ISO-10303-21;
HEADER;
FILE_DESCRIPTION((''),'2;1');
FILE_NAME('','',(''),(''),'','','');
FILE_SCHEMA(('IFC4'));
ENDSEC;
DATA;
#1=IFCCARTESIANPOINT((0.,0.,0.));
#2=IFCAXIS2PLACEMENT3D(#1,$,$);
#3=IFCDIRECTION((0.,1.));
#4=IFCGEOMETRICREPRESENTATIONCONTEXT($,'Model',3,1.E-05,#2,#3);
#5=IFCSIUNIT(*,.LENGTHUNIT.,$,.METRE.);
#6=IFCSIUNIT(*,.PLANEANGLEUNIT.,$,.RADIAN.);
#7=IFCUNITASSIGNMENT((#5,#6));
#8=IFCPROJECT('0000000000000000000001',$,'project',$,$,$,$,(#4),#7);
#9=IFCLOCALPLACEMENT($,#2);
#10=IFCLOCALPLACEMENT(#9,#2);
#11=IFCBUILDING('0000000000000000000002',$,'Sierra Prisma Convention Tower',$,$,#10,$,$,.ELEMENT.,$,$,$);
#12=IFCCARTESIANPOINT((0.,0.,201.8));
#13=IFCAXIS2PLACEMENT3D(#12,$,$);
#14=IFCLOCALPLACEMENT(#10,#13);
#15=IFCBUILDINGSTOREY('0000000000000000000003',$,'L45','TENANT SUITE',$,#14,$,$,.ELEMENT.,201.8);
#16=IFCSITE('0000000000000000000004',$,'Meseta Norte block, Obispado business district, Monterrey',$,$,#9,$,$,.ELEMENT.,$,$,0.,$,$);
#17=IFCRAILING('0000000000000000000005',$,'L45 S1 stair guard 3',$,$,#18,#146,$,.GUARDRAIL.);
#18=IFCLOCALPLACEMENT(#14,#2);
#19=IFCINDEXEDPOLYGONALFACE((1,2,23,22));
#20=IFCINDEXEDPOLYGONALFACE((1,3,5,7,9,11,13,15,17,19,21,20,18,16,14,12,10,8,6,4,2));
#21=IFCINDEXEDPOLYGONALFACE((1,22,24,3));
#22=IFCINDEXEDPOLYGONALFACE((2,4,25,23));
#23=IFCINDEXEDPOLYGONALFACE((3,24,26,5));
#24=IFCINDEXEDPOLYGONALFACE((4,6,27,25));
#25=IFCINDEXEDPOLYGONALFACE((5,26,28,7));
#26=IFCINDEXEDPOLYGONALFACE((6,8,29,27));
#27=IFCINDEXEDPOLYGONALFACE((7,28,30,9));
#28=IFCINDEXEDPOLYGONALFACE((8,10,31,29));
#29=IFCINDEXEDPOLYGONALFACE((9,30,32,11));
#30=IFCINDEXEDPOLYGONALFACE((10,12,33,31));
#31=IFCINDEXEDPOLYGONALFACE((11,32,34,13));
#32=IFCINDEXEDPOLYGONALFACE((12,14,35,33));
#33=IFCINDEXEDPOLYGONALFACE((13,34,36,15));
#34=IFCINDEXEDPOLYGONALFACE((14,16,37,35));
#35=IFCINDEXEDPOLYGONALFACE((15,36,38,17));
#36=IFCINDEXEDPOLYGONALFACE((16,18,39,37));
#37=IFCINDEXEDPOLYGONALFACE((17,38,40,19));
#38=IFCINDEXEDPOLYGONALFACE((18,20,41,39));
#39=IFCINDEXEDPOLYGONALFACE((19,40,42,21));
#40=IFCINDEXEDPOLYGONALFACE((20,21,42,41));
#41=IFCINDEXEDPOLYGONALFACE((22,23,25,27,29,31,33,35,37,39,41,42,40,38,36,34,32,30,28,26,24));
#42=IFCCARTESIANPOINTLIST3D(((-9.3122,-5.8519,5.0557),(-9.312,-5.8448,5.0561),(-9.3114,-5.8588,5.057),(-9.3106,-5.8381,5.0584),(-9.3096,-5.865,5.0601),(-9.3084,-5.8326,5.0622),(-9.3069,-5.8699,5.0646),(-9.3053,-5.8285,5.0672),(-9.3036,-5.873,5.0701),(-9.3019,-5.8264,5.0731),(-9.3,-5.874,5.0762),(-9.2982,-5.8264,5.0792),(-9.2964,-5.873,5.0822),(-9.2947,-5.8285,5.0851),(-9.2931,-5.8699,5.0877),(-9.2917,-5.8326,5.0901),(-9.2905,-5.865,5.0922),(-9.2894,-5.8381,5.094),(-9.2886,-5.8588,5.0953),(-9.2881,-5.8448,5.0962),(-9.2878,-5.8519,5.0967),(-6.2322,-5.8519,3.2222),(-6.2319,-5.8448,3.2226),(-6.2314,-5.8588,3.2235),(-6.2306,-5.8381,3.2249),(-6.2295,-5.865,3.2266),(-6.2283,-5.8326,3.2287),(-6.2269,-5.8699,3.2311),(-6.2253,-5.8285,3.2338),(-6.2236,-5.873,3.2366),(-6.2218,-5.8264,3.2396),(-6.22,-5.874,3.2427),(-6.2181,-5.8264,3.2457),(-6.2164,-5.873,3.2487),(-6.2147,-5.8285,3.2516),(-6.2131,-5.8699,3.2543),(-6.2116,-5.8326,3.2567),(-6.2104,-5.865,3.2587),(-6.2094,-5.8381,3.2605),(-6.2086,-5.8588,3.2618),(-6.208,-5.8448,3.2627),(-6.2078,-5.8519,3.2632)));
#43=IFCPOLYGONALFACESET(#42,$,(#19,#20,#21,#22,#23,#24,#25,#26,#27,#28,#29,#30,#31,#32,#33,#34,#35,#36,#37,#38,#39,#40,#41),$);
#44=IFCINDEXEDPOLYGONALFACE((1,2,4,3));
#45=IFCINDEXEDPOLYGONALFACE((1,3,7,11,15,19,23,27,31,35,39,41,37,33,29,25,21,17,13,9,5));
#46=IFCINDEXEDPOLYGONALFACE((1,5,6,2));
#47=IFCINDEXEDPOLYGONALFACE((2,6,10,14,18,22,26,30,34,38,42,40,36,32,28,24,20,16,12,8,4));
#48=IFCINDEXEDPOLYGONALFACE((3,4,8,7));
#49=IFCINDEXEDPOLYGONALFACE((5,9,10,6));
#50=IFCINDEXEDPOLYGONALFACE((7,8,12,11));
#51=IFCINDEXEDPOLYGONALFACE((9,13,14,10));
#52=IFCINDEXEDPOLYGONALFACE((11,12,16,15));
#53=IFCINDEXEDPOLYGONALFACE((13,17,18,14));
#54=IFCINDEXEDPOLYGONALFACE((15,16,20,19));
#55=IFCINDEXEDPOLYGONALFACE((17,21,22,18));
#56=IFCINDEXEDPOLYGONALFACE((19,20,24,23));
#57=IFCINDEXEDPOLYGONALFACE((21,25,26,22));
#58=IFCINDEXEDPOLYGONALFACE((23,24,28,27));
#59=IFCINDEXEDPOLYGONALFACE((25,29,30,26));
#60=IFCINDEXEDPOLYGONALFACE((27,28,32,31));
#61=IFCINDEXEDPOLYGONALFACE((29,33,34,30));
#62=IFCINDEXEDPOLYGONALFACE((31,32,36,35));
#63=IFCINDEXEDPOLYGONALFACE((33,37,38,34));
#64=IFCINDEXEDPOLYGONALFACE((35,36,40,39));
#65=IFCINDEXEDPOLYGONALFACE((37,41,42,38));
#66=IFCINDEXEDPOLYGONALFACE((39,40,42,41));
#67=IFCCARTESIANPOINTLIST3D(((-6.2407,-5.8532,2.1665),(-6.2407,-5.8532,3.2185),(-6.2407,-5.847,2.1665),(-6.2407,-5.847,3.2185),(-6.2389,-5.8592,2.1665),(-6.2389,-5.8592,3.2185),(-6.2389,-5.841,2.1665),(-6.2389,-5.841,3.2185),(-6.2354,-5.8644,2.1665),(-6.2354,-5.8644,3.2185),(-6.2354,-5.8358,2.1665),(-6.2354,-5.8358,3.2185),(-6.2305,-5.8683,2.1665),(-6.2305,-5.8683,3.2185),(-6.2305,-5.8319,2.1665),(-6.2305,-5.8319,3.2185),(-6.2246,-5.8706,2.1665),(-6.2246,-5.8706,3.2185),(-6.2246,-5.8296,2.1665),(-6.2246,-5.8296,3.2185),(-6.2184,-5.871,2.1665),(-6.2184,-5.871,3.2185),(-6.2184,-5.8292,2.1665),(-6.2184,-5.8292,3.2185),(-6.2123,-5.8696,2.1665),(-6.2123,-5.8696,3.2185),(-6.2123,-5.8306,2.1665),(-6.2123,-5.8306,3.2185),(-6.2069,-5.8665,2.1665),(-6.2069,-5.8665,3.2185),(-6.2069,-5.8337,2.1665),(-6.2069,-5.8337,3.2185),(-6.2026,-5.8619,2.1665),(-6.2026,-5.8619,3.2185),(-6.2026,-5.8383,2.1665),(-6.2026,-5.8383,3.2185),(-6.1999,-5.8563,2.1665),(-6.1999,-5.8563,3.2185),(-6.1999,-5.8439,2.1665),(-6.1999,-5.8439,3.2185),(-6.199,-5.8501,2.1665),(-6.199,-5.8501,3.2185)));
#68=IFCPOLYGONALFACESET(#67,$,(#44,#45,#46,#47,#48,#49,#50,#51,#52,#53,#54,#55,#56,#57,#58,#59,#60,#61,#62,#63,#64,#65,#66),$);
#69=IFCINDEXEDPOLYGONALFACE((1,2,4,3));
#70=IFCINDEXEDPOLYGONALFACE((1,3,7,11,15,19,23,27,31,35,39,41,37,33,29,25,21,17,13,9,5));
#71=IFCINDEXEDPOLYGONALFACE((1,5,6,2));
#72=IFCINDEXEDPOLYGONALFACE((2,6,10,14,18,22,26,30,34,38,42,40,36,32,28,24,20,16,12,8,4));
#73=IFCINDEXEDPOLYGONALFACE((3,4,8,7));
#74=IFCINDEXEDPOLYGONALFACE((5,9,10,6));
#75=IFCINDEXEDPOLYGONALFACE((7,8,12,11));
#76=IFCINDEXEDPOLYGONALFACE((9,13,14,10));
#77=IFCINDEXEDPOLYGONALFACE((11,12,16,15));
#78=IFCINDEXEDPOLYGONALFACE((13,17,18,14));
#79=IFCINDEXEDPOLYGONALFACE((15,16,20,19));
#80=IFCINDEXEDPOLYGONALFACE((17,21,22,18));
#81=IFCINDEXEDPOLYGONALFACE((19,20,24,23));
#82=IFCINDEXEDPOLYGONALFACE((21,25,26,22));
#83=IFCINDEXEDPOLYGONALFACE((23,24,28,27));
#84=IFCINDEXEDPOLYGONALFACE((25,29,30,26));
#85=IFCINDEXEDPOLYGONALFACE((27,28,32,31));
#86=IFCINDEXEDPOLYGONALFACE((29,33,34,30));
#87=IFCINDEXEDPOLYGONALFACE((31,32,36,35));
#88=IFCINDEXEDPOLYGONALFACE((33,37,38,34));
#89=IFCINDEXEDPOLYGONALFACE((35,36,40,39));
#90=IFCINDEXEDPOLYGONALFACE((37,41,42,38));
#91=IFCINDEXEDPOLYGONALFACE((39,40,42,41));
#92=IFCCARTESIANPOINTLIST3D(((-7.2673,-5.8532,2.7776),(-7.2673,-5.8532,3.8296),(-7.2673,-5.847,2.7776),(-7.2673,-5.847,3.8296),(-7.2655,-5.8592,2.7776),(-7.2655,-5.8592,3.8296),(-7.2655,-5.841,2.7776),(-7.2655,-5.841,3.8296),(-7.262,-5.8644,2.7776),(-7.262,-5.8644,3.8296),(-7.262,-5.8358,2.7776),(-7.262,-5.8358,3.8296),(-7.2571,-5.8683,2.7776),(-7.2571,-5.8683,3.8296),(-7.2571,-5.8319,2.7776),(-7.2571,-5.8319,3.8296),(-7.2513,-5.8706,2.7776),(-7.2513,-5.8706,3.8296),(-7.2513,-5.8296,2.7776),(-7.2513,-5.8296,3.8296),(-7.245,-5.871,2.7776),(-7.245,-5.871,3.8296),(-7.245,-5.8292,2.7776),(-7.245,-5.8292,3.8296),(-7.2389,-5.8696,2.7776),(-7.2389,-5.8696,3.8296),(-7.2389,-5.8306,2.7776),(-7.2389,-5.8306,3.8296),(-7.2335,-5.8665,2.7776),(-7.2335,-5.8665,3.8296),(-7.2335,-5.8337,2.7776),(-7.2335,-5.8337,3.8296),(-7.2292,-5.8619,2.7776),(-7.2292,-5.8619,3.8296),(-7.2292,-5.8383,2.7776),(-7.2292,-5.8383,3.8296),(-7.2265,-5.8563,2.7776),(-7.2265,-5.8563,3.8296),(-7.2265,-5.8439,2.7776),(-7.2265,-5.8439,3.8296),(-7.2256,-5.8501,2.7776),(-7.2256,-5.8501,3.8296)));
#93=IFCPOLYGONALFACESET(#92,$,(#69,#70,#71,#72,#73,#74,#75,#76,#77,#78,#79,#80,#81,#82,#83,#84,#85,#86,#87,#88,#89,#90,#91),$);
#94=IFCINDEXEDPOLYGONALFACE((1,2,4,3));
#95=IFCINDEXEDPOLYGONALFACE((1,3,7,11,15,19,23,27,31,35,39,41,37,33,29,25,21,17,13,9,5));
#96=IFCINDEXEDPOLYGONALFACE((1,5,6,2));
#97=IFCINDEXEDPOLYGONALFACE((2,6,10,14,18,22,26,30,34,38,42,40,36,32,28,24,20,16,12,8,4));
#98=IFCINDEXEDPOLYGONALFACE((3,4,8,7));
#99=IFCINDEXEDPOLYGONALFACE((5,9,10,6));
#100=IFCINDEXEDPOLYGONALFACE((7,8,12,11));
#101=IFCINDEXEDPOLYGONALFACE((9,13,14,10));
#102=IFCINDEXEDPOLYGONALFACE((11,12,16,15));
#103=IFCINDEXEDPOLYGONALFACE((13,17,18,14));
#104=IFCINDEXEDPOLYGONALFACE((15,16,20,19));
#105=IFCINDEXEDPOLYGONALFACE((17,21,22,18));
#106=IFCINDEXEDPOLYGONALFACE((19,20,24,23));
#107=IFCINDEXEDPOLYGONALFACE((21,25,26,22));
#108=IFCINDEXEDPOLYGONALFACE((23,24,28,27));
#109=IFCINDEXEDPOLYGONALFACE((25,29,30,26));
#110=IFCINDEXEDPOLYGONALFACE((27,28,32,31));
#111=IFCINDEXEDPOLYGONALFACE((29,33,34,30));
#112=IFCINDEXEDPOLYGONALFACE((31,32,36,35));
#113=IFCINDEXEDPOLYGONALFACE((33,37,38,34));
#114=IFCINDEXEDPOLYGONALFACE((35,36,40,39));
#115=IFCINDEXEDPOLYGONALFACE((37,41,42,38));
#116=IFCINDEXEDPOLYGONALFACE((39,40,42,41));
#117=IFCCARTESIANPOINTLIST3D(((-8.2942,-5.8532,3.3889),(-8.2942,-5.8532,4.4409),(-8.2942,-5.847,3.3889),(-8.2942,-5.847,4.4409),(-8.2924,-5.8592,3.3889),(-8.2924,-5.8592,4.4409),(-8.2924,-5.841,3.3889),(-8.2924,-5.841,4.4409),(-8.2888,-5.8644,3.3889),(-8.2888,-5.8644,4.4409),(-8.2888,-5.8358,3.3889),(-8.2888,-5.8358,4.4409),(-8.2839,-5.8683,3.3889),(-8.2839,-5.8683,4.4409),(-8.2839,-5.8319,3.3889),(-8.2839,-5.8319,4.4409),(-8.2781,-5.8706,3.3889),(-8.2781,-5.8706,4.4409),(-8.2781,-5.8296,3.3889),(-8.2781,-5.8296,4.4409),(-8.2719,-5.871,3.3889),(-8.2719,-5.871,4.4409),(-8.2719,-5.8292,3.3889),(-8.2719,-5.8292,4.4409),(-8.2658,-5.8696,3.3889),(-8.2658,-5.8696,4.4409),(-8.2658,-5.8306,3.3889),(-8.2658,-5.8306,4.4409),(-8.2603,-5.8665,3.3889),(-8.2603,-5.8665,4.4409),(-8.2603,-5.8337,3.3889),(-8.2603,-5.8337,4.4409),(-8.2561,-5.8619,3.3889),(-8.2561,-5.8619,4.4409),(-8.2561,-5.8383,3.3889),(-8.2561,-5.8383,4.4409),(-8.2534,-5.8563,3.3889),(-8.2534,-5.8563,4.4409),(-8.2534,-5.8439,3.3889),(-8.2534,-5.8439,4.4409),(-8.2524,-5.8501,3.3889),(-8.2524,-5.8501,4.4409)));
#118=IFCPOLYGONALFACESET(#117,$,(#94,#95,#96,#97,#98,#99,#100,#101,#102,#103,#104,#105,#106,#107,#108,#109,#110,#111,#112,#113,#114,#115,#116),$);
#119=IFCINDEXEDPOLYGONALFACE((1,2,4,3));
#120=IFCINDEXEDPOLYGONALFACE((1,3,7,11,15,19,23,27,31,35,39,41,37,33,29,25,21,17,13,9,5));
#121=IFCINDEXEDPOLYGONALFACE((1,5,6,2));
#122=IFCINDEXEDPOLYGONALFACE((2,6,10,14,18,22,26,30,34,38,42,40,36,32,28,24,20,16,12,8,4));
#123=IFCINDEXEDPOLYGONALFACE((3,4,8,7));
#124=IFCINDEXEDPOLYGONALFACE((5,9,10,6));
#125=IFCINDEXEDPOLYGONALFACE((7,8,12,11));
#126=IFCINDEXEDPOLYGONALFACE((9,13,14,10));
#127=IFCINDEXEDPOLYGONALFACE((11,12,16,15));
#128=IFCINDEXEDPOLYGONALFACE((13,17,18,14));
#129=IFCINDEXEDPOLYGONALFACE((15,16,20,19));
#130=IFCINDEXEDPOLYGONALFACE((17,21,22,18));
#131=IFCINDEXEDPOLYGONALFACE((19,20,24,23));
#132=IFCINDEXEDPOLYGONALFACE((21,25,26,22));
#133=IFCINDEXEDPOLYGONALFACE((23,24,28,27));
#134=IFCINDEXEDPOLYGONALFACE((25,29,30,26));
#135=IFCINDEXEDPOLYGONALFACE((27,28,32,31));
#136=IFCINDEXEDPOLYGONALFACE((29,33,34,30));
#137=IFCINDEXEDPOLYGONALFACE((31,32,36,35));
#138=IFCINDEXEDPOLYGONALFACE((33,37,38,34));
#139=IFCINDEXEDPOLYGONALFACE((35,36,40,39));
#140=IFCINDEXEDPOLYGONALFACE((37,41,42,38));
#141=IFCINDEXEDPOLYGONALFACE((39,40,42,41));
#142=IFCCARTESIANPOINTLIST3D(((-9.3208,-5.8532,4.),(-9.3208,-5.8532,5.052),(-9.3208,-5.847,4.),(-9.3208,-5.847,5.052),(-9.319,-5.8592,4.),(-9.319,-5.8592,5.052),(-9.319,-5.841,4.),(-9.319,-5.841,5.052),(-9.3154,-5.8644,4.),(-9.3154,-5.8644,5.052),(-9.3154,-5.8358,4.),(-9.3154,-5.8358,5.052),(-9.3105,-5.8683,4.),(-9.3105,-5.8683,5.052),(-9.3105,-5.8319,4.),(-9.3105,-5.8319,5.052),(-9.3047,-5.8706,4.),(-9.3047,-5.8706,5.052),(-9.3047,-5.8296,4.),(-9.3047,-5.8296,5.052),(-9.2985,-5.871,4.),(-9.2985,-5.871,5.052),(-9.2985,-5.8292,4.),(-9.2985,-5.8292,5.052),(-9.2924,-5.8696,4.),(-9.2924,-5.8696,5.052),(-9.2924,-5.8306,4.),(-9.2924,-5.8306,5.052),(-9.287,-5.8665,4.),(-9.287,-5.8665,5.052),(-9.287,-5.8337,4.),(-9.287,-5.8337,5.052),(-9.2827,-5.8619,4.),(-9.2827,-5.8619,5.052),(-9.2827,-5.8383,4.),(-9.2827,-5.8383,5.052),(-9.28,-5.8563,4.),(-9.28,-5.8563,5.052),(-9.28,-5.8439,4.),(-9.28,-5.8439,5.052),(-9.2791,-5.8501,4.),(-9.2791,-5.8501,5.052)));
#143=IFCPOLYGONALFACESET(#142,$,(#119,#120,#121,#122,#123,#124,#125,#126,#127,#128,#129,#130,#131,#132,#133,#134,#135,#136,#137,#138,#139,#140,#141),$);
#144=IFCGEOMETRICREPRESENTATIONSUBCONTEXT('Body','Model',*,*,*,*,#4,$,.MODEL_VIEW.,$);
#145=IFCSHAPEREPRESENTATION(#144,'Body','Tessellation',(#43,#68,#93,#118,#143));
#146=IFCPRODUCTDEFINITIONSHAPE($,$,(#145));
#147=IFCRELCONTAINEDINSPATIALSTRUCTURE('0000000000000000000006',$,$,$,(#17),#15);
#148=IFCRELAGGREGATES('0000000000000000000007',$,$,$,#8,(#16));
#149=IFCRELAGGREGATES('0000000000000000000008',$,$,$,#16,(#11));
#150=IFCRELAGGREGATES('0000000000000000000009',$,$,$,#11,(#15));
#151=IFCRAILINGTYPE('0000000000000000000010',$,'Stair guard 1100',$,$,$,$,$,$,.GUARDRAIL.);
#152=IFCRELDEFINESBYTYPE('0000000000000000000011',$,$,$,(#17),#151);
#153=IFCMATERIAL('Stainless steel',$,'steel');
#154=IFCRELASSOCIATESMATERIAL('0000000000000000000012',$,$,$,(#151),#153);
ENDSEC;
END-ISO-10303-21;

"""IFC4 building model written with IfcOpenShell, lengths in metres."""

from ifc_helpers import new_model, si_unit, direction, frame, origin, origin_2d, place, context, subcontext, project, spatial, circle, extrude, material, type_object, element, save


model = new_model("IFC4")

# Units and contexts
model_context = context("Model", 3, precision=1e-05, world=origin(), true_north=direction((0.0, 1.0)))
body_context = subcontext(model_context, "Body", "Model", "MODEL_VIEW")
ifc_project = project(units=[si_unit("LENGTHUNIT", "METRE"), si_unit("PLANEANGLEUNIT", "RADIAN")], contexts=[model_context])

# Site, building, storey
site_placement = place(None, origin())
site = spatial("IfcSite", under=ifc_project, at=site_placement, Name="Meseta Norte block, Obispado business district, Monterrey", CompositionType="ELEMENT", RefElevation=0.0)
building_placement = place(site_placement, origin())
building = spatial("IfcBuilding", under=site, at=building_placement, Name="Sierra Prisma Convention Tower", CompositionType="ELEMENT")
storey_placement = place(building_placement, frame((0.0, 0.0, 201.8)))
storey = spatial("IfcBuildingStorey", under=building, at=storey_placement, Name="L45", Description="TENANT SUITE", CompositionType="ELEMENT", Elevation=201.8)

# Railing
ifc_material_1 = material(Name="Stainless steel", Category="steel")
railing_type_1 = type_object("IfcRailingType", Name="Stair guard 1100", PredefinedType="GUARDRAIL", material=ifc_material_1)
railing_1_placement = place(storey_placement, frame((-6.22, -5.8501, 2.1665)))
element("IfcRailing", 1, at=railing_1_placement, inside=storey, type_object=railing_type_1, Name="L45 S1 stair guard 3", PredefinedType="GUARDRAIL", context=body_context, shape_type="SweptSolid", body=[
    extrude(circle(Radius=0.0239, at=origin_2d()), frame((0.0, 0.0, 1.0762), z_axis=(-0.859279, 0.0, 0.511508), x_axis=(0.0, -1.0, 0.0)), (0.0, 0.0, 1.0), 3.5845),
    extrude(circle(Radius=0.021, at=origin_2d()), origin(), (0.0, 0.0, 1.0), 1.052),
    extrude(circle(Radius=0.021, at=origin_2d()), frame((-1.0266, 0.0, 0.6111)), (0.0, 0.0, 1.0), 1.052),
    extrude(circle(Radius=0.021, at=origin_2d()), frame((-2.0535, 0.0, 1.2224)), (0.0, 0.0, 1.0), 1.052),
    extrude(circle(Radius=0.021, at=origin_2d()), frame((-3.0801, 0.0, 1.8335)), (0.0, 0.0, 1.0), 1.052),
])

save(model, "model.ifc")
